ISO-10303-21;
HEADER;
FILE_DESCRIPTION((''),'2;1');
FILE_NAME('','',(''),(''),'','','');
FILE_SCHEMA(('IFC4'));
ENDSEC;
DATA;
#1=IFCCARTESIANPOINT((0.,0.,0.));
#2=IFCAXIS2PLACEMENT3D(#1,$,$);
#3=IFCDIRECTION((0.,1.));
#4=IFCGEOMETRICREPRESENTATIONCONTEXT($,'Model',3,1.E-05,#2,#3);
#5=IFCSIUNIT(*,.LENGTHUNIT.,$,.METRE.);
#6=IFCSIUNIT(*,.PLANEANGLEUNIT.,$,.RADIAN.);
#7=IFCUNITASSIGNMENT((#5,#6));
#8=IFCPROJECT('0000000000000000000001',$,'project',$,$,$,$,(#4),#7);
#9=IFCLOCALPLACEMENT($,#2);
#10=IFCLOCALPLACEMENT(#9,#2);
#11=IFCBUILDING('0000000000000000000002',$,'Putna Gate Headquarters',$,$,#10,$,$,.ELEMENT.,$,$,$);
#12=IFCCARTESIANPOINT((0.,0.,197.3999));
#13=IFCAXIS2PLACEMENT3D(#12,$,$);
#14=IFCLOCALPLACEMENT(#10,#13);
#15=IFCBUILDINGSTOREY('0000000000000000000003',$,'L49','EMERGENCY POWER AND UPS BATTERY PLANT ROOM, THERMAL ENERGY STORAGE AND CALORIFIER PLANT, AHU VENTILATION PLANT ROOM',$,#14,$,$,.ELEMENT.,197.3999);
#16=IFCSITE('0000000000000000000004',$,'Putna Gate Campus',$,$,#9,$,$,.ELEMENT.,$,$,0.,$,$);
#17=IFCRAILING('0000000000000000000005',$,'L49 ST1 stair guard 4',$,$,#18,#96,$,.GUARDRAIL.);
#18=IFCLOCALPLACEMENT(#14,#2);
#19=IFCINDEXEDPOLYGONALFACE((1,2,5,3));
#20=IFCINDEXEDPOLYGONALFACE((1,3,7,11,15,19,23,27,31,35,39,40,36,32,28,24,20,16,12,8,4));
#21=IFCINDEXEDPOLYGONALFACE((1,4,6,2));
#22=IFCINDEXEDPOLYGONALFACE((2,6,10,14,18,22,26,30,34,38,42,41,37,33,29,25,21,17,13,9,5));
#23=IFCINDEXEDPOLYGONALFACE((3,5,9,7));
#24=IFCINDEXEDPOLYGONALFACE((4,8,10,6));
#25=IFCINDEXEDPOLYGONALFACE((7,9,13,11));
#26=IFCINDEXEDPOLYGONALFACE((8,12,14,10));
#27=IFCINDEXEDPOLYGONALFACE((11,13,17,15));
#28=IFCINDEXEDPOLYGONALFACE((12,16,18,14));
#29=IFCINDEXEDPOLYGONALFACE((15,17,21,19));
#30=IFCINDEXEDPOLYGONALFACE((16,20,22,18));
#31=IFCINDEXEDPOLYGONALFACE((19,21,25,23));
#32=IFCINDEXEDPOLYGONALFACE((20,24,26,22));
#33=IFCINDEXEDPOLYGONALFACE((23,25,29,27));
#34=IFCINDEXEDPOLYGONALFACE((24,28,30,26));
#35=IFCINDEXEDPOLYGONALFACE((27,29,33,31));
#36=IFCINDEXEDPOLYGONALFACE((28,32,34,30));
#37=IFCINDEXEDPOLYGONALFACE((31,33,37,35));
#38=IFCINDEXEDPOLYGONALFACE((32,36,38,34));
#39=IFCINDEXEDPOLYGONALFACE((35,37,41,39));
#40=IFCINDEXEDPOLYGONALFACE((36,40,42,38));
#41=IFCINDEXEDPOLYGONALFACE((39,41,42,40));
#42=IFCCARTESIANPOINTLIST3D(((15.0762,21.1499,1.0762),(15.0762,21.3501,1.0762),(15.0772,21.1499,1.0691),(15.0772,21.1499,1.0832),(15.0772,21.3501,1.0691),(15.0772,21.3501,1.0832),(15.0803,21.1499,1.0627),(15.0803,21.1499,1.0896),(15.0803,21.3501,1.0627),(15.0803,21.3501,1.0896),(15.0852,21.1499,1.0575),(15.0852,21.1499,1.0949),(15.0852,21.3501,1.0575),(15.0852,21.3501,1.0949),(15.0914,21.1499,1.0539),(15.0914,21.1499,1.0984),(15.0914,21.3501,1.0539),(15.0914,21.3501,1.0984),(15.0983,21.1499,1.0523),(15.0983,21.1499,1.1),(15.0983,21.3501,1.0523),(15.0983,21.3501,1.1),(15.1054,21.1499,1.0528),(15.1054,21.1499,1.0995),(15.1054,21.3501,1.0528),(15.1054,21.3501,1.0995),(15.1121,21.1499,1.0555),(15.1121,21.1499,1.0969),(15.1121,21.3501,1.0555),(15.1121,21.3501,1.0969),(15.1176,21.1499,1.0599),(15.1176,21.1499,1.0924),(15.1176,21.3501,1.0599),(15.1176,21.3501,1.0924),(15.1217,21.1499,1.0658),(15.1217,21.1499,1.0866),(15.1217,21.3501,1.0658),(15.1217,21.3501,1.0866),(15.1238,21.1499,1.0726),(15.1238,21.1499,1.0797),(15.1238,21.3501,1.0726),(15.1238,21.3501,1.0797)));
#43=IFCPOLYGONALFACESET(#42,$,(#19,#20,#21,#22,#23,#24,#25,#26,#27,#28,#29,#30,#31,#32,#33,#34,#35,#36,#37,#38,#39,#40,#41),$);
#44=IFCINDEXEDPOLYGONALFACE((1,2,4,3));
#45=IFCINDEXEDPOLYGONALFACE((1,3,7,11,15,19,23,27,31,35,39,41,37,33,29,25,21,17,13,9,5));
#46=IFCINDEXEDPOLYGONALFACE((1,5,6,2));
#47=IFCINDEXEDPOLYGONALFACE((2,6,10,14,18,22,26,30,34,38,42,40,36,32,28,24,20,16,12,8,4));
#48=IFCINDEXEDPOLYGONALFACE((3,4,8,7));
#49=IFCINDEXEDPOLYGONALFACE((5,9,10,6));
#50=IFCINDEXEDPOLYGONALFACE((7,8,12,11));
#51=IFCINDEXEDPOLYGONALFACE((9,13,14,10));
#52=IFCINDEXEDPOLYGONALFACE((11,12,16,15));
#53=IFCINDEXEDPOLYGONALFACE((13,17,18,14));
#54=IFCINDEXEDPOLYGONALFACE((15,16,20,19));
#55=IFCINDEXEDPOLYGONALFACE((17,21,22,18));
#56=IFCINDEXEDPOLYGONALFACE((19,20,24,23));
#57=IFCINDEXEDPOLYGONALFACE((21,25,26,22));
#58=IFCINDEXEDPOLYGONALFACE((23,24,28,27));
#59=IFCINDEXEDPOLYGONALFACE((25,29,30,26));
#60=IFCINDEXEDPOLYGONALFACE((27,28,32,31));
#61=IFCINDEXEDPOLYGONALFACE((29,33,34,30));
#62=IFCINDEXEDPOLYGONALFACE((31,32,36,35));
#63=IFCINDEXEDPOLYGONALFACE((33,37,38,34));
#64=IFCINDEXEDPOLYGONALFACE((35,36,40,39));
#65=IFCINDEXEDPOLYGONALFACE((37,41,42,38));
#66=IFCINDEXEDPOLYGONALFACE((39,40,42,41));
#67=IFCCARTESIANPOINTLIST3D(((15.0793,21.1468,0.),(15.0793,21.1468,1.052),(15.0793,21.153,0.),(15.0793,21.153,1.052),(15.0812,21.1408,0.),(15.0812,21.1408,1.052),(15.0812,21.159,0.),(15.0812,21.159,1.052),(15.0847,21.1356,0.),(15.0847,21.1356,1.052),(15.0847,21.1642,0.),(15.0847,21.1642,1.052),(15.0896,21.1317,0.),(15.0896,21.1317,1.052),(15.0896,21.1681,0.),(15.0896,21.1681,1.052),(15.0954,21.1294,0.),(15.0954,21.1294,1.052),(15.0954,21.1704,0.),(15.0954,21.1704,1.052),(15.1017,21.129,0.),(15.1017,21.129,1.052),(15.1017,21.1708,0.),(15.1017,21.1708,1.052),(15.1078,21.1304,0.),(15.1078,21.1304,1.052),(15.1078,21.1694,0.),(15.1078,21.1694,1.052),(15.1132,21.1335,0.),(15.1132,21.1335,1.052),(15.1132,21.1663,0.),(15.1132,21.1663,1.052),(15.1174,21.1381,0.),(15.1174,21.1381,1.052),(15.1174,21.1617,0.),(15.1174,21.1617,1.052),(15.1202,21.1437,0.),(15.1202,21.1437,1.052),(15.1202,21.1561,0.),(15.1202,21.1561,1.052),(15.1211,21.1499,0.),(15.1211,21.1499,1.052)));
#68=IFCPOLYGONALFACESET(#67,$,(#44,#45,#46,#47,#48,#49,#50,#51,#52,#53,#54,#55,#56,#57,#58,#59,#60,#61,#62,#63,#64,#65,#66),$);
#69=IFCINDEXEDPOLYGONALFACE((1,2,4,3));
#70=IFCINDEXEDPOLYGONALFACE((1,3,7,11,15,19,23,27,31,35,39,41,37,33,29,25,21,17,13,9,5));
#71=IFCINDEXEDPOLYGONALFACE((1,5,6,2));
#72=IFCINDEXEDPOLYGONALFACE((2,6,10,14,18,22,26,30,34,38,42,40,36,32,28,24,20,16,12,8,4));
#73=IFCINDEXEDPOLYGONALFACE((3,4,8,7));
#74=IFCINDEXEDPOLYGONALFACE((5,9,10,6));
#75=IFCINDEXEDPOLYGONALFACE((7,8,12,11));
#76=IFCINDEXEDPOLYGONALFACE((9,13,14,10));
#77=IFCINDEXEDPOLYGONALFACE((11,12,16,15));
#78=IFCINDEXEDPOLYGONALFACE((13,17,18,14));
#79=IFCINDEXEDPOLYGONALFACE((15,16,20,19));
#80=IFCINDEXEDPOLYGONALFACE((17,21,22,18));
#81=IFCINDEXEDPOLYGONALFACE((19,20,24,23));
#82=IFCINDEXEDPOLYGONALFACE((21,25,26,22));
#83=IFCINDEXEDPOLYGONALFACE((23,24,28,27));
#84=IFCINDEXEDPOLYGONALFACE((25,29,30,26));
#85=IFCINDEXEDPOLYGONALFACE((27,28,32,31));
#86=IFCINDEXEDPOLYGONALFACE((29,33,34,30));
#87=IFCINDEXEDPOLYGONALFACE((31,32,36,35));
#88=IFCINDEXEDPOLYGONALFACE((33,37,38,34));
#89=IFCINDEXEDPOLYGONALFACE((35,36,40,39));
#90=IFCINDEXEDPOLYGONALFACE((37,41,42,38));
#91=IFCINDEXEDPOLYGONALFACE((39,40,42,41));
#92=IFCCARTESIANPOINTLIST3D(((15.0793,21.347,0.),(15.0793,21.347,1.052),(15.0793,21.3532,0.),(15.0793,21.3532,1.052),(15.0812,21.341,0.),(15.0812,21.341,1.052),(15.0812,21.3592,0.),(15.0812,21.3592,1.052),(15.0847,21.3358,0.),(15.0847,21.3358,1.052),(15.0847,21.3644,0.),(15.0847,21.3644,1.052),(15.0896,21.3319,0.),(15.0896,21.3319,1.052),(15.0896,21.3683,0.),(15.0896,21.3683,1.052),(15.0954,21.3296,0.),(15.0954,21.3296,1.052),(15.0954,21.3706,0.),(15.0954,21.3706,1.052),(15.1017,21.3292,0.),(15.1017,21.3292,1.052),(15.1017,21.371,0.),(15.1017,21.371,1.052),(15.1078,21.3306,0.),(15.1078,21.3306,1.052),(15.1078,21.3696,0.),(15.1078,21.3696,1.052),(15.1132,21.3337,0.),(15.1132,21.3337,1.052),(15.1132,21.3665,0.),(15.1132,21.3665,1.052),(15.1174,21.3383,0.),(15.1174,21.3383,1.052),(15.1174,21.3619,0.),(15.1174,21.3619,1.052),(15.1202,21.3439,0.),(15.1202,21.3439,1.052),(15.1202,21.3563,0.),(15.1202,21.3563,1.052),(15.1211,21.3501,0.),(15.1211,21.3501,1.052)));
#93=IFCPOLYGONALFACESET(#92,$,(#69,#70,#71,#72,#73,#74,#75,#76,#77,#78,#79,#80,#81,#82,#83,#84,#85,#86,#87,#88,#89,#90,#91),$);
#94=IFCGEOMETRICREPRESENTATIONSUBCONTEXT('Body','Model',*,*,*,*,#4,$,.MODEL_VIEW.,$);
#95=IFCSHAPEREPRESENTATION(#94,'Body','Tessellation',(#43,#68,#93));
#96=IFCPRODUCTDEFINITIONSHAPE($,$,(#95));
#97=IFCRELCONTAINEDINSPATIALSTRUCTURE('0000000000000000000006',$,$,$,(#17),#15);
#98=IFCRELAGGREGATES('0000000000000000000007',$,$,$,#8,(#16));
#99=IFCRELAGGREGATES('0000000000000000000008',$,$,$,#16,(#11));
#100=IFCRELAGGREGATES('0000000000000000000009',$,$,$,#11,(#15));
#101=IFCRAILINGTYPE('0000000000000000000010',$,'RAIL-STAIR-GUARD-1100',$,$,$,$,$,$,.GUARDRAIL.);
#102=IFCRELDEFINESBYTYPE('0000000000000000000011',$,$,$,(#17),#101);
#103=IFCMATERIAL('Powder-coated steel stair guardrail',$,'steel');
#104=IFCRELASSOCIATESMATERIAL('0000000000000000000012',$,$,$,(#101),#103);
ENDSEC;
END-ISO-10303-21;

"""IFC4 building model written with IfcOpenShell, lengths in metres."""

from ifc_helpers import new_model, si_unit, direction, frame, origin, origin_2d, place, context, subcontext, project, spatial, circle, extrude, material, type_object, element, save


model = new_model("IFC4")

# Units and contexts
model_context = context("Model", 3, precision=1e-05, world=origin(), true_north=direction((0.0, 1.0)))
body_context = subcontext(model_context, "Body", "Model", "MODEL_VIEW")
ifc_project = project(units=[si_unit("LENGTHUNIT", "METRE"), si_unit("PLANEANGLEUNIT", "RADIAN")], contexts=[model_context])

# Site, building, storey
site_placement = place(None, origin())
site = spatial("IfcSite", under=ifc_project, at=site_placement, Name="Putna Gate Campus", CompositionType="ELEMENT", RefElevation=0.0)
building_placement = place(site_placement, origin())
building = spatial("IfcBuilding", under=site, at=building_placement, Name="Putna Gate Headquarters", CompositionType="ELEMENT")
storey_placement = place(building_placement, frame((0.0, 0.0, 197.3999)))
storey = spatial("IfcBuildingStorey", under=building, at=storey_placement, Name="L49", Description="EMERGENCY POWER AND UPS BATTERY PLANT ROOM, THERMAL ENERGY STORAGE AND CALORIFIER PLANT, AHU VENTILATION PLANT ROOM", CompositionType="ELEMENT", Elevation=197.3999)

# Railing
ifc_material_1 = material(Name="Powder-coated steel stair guardrail", Category="steel")
railing_type_1 = type_object("IfcRailingType", Name="RAIL-STAIR-GUARD-1100", PredefinedType="GUARDRAIL", material=ifc_material_1)
railing_1_placement = place(storey_placement, frame((15.1001, 21.1499, 0.0)))
element("IfcRailing", 1, at=railing_1_placement, inside=storey, type_object=railing_type_1, Name="L49 ST1 stair guard 4", PredefinedType="GUARDRAIL", context=body_context, shape_type="SweptSolid", body=[
    extrude(circle(Radius=0.0239, at=origin_2d()), frame((0.0, 0.0, 1.0762), z_axis=(0.0, 1.0, 0.0), x_axis=(-1.0, 0.0, 0.0)), (0.0, 0.0, 1.0), 0.2002),
    extrude(circle(Radius=0.021, at=origin_2d()), origin(), (0.0, 0.0, 1.0), 1.052),
    extrude(circle(Radius=0.021, at=origin_2d()), frame((0.0, 0.2002, 0.0)), (0.0, 0.0, 1.0), 1.052),
])

save(model, "model.ifc")
